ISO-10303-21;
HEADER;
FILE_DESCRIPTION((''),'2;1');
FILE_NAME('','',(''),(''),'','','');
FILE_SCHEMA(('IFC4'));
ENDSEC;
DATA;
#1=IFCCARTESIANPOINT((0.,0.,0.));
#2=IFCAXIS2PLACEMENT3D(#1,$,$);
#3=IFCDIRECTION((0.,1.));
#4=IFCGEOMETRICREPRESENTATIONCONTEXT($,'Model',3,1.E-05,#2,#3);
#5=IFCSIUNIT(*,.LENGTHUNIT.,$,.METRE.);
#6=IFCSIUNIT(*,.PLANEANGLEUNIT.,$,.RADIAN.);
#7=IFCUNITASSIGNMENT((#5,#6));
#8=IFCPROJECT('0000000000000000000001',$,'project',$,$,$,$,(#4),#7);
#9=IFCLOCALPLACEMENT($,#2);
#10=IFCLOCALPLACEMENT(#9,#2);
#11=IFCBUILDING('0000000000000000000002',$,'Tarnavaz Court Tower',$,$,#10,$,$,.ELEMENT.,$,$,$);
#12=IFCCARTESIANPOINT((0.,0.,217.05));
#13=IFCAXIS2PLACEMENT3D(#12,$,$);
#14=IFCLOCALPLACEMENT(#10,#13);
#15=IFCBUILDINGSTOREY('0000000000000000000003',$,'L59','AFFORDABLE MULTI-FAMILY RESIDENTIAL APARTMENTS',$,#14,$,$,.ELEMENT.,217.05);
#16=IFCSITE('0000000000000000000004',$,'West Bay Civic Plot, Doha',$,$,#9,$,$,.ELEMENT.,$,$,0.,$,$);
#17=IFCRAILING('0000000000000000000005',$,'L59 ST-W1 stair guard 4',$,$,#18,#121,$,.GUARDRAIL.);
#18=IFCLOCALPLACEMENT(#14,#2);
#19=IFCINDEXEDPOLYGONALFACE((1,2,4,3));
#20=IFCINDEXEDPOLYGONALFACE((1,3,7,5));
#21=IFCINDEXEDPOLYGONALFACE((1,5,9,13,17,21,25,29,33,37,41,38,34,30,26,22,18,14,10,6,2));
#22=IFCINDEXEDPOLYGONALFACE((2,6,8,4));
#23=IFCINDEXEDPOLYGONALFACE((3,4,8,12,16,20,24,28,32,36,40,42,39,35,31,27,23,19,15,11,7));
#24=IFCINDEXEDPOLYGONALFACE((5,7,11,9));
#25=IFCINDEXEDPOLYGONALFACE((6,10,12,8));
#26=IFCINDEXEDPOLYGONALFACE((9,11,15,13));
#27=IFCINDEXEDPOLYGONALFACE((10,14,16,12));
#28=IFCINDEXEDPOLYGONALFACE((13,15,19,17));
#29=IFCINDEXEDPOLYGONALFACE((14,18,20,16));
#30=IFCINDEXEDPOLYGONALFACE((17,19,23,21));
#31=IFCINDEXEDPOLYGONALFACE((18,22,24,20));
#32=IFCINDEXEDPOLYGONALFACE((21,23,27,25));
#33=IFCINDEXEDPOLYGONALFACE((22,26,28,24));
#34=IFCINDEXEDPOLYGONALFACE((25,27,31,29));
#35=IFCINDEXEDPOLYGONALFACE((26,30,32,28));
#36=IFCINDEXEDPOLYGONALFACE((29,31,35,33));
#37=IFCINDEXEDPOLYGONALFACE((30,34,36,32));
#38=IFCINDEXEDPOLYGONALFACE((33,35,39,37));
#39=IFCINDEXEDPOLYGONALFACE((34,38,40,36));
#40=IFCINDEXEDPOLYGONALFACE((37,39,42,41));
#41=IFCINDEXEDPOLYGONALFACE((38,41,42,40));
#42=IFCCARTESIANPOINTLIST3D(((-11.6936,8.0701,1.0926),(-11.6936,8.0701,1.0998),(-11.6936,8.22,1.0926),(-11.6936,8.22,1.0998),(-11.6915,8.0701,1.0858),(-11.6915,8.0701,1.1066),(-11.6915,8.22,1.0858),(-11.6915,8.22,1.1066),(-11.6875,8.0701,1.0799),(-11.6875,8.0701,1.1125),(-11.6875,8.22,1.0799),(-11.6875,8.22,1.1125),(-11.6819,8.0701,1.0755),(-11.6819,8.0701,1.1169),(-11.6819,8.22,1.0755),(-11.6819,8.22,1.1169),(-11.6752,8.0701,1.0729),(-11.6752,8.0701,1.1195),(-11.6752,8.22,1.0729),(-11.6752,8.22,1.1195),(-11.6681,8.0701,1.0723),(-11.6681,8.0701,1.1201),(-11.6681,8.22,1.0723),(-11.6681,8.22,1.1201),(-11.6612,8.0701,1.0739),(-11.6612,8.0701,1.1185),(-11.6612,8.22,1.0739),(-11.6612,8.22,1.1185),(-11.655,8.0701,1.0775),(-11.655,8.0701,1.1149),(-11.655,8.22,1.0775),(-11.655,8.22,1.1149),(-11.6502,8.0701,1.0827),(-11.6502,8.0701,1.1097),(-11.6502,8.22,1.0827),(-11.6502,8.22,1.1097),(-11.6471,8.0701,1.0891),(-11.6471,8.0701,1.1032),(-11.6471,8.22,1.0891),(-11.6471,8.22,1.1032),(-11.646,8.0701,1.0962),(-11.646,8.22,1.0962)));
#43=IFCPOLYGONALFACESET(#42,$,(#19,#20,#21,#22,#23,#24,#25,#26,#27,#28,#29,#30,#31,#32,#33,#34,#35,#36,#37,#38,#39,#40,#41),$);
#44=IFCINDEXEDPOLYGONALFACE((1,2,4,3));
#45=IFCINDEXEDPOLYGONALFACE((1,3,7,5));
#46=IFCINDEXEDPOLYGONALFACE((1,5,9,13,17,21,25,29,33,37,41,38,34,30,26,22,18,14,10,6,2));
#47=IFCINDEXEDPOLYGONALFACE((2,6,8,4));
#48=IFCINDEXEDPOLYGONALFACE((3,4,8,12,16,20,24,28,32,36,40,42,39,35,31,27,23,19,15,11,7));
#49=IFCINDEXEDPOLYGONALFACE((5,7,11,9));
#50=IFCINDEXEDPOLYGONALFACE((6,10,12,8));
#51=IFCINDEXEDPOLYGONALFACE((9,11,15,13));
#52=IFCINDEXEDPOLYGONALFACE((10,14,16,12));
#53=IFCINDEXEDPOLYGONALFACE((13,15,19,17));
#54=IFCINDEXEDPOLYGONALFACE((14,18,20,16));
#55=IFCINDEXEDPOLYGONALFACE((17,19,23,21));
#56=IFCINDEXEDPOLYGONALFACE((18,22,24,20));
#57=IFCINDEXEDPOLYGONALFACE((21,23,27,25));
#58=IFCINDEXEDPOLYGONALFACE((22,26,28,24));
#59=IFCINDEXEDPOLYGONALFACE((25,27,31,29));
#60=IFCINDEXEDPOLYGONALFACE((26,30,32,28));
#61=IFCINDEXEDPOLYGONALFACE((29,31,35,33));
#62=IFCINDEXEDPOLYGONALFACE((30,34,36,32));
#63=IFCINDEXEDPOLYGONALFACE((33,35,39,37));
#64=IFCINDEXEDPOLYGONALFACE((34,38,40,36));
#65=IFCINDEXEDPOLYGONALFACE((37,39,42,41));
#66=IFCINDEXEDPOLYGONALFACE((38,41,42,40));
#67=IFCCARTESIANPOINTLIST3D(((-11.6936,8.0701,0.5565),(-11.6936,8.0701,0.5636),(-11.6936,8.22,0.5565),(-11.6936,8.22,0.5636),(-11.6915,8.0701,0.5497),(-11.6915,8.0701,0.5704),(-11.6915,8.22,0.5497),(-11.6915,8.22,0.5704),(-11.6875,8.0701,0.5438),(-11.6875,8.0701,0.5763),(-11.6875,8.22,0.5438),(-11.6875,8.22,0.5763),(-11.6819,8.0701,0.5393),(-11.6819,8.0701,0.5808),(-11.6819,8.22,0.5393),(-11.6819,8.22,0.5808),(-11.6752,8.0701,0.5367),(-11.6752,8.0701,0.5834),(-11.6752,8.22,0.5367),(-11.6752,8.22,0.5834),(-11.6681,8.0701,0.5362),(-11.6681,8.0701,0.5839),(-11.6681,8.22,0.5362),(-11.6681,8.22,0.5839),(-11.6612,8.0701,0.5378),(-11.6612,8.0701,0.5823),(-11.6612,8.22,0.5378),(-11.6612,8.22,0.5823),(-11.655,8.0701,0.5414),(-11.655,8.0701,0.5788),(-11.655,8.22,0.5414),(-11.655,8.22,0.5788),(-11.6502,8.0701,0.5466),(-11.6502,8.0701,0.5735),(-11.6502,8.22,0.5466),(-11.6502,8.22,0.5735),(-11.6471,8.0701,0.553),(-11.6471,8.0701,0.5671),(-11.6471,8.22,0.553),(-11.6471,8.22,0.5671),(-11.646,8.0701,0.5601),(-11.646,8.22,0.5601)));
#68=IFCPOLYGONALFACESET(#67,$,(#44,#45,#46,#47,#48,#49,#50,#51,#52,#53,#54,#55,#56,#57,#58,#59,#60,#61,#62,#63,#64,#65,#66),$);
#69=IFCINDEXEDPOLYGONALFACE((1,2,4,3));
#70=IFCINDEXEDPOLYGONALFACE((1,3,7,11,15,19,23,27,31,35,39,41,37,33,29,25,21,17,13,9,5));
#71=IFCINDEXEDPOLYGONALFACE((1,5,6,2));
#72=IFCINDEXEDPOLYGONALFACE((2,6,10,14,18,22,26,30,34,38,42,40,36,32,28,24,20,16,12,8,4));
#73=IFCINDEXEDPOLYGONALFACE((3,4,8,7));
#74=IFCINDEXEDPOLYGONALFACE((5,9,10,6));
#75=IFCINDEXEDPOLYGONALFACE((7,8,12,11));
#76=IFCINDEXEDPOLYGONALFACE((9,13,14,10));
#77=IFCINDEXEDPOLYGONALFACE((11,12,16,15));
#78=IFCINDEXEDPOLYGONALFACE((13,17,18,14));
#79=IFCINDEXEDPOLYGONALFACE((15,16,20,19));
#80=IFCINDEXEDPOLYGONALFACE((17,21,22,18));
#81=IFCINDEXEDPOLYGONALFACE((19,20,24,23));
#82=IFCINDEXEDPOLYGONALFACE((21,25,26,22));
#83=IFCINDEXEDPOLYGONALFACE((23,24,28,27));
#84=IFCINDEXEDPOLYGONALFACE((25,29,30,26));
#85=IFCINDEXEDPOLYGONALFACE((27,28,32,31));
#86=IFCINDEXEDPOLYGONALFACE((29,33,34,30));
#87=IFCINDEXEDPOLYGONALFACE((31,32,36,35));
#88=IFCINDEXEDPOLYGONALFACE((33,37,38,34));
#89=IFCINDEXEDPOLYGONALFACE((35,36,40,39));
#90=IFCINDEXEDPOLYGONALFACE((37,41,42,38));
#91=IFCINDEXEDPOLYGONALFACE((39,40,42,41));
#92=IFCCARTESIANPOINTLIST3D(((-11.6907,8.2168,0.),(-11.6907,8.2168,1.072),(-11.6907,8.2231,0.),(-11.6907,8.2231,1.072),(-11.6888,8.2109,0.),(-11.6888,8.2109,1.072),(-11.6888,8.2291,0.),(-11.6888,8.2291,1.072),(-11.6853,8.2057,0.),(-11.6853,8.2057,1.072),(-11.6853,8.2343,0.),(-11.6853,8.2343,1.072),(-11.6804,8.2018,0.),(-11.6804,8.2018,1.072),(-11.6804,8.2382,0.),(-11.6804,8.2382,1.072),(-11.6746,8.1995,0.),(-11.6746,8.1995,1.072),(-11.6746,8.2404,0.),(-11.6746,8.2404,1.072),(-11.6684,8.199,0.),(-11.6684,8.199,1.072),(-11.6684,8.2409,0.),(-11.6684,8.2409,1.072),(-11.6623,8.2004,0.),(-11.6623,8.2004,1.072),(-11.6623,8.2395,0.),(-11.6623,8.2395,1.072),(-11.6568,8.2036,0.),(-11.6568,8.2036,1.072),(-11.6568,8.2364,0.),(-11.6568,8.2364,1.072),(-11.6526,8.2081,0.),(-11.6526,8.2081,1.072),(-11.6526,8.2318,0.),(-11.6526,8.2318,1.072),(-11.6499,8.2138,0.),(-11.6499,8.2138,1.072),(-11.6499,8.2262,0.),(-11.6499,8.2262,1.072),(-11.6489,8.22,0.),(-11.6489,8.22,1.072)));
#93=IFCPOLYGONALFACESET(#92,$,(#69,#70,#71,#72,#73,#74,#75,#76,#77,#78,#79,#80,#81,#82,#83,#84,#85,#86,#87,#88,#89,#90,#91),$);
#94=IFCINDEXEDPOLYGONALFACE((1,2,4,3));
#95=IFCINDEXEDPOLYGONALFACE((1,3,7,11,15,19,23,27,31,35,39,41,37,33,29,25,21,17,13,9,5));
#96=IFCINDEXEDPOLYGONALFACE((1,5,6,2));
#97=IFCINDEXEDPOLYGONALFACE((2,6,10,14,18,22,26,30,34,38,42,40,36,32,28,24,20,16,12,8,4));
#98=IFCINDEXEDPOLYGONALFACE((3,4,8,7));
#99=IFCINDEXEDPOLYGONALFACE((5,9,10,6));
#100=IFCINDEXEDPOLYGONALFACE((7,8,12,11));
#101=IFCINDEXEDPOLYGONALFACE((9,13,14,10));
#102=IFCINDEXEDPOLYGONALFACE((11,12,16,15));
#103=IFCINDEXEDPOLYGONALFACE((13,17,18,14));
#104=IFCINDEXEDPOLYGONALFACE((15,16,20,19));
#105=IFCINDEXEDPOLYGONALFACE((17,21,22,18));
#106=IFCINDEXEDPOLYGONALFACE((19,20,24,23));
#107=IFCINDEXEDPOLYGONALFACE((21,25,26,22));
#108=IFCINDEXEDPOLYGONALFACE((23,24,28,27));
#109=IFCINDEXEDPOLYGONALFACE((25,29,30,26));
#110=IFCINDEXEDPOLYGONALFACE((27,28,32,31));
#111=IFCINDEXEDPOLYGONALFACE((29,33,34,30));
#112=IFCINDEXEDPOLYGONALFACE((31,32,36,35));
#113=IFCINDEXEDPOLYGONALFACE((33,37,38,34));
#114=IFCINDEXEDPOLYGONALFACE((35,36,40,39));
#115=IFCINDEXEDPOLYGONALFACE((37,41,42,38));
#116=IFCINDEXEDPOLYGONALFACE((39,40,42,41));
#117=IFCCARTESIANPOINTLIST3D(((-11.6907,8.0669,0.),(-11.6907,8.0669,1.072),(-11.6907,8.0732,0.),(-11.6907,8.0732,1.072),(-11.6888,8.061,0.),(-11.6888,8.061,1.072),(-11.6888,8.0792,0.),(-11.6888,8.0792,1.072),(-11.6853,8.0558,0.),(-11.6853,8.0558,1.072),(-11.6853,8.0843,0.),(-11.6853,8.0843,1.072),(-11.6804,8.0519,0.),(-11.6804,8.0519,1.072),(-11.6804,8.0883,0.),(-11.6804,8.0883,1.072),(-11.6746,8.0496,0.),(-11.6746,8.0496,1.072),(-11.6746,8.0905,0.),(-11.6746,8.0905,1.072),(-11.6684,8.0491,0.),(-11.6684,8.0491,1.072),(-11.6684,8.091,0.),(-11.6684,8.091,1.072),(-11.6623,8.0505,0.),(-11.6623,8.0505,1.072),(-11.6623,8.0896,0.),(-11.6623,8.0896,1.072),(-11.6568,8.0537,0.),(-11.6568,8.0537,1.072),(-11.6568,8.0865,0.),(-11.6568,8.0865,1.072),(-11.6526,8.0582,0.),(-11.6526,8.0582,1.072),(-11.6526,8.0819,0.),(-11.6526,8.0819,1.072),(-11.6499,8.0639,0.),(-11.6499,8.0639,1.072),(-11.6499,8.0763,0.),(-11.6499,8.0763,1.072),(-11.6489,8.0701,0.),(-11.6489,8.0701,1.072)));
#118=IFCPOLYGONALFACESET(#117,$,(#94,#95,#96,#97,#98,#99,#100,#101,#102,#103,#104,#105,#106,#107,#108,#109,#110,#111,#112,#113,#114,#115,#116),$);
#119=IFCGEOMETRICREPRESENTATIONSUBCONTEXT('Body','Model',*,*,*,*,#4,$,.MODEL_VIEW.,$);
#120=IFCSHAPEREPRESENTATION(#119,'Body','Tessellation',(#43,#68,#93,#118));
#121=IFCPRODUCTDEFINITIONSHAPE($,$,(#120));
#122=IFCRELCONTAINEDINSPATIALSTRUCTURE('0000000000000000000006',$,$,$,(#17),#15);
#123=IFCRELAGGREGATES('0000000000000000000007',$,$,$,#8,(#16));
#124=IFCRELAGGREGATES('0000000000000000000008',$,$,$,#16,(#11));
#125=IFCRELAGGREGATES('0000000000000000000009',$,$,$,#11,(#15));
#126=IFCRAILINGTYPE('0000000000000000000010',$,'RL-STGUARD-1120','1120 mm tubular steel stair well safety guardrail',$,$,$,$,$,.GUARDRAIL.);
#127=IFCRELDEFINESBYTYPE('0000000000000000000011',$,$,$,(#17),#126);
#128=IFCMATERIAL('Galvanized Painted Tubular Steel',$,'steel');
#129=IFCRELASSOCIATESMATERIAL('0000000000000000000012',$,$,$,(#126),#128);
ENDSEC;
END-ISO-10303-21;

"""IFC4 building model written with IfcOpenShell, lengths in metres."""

from ifc_helpers import new_model, si_unit, direction, frame, origin, origin_2d, place, context, subcontext, project, spatial, circle, extrude, material, type_object, element, save


model = new_model("IFC4")

# Units and contexts
model_context = context("Model", 3, precision=1e-05, world=origin(), true_north=direction((0.0, 1.0)))
body_context = subcontext(model_context, "Body", "Model", "MODEL_VIEW")
ifc_project = project(units=[si_unit("LENGTHUNIT", "METRE"), si_unit("PLANEANGLEUNIT", "RADIAN")], contexts=[model_context])

# Site, building, storey
site_placement = place(None, origin())
site = spatial("IfcSite", under=ifc_project, at=site_placement, Name="West Bay Civic Plot, Doha", CompositionType="ELEMENT", RefElevation=0.0)
building_placement = place(site_placement, origin())
building = spatial("IfcBuilding", under=site, at=building_placement, Name="Tarnavaz Court Tower", CompositionType="ELEMENT")
storey_placement = place(building_placement, frame((0.0, 0.0, 217.05)))
storey = spatial("IfcBuildingStorey", under=building, at=storey_placement, Name="L59", Description="AFFORDABLE MULTI-FAMILY RESIDENTIAL APARTMENTS", CompositionType="ELEMENT", Elevation=217.05)

# Railing
ifc_material_1 = material(Name="Galvanized Painted Tubular Steel", Category="steel")
railing_type_1 = type_object("IfcRailingType", Name="RL-STGUARD-1120", Description="1120 mm tubular steel stair well safety guardrail", PredefinedType="GUARDRAIL", material=ifc_material_1)
railing_1_placement = place(storey_placement, frame((-11.6699, 8.22, 0.0)))
element("IfcRailing", 1, at=railing_1_placement, inside=storey, type_object=railing_type_1, Name="L59 ST-W1 stair guard 4", PredefinedType="GUARDRAIL", context=body_context, shape_type="SweptSolid", body=[
    extrude(circle(Radius=0.0239, at=origin_2d()), frame((0.0, 0.0, 1.0962), z_axis=(0.0, -1.0, 0.0), x_axis=(1.0, 0.0, 0.0)), (0.0, 0.0, 1.0), 0.1499),
    extrude(circle(Radius=0.0239, at=origin_2d()), frame((0.0, 0.0, 0.5601), z_axis=(0.0, -1.0, 0.0), x_axis=(1.0, 0.0, 0.0)), (0.0, 0.0, 1.0), 0.1499),
    extrude(circle(Radius=0.021, at=origin_2d()), origin(), (0.0, 0.0, 1.0), 1.072),
    extrude(circle(Radius=0.021, at=origin_2d()), frame((0.0, -0.1499, 0.0)), (0.0, 0.0, 1.0), 1.072),
])

save(model, "model.ifc")
